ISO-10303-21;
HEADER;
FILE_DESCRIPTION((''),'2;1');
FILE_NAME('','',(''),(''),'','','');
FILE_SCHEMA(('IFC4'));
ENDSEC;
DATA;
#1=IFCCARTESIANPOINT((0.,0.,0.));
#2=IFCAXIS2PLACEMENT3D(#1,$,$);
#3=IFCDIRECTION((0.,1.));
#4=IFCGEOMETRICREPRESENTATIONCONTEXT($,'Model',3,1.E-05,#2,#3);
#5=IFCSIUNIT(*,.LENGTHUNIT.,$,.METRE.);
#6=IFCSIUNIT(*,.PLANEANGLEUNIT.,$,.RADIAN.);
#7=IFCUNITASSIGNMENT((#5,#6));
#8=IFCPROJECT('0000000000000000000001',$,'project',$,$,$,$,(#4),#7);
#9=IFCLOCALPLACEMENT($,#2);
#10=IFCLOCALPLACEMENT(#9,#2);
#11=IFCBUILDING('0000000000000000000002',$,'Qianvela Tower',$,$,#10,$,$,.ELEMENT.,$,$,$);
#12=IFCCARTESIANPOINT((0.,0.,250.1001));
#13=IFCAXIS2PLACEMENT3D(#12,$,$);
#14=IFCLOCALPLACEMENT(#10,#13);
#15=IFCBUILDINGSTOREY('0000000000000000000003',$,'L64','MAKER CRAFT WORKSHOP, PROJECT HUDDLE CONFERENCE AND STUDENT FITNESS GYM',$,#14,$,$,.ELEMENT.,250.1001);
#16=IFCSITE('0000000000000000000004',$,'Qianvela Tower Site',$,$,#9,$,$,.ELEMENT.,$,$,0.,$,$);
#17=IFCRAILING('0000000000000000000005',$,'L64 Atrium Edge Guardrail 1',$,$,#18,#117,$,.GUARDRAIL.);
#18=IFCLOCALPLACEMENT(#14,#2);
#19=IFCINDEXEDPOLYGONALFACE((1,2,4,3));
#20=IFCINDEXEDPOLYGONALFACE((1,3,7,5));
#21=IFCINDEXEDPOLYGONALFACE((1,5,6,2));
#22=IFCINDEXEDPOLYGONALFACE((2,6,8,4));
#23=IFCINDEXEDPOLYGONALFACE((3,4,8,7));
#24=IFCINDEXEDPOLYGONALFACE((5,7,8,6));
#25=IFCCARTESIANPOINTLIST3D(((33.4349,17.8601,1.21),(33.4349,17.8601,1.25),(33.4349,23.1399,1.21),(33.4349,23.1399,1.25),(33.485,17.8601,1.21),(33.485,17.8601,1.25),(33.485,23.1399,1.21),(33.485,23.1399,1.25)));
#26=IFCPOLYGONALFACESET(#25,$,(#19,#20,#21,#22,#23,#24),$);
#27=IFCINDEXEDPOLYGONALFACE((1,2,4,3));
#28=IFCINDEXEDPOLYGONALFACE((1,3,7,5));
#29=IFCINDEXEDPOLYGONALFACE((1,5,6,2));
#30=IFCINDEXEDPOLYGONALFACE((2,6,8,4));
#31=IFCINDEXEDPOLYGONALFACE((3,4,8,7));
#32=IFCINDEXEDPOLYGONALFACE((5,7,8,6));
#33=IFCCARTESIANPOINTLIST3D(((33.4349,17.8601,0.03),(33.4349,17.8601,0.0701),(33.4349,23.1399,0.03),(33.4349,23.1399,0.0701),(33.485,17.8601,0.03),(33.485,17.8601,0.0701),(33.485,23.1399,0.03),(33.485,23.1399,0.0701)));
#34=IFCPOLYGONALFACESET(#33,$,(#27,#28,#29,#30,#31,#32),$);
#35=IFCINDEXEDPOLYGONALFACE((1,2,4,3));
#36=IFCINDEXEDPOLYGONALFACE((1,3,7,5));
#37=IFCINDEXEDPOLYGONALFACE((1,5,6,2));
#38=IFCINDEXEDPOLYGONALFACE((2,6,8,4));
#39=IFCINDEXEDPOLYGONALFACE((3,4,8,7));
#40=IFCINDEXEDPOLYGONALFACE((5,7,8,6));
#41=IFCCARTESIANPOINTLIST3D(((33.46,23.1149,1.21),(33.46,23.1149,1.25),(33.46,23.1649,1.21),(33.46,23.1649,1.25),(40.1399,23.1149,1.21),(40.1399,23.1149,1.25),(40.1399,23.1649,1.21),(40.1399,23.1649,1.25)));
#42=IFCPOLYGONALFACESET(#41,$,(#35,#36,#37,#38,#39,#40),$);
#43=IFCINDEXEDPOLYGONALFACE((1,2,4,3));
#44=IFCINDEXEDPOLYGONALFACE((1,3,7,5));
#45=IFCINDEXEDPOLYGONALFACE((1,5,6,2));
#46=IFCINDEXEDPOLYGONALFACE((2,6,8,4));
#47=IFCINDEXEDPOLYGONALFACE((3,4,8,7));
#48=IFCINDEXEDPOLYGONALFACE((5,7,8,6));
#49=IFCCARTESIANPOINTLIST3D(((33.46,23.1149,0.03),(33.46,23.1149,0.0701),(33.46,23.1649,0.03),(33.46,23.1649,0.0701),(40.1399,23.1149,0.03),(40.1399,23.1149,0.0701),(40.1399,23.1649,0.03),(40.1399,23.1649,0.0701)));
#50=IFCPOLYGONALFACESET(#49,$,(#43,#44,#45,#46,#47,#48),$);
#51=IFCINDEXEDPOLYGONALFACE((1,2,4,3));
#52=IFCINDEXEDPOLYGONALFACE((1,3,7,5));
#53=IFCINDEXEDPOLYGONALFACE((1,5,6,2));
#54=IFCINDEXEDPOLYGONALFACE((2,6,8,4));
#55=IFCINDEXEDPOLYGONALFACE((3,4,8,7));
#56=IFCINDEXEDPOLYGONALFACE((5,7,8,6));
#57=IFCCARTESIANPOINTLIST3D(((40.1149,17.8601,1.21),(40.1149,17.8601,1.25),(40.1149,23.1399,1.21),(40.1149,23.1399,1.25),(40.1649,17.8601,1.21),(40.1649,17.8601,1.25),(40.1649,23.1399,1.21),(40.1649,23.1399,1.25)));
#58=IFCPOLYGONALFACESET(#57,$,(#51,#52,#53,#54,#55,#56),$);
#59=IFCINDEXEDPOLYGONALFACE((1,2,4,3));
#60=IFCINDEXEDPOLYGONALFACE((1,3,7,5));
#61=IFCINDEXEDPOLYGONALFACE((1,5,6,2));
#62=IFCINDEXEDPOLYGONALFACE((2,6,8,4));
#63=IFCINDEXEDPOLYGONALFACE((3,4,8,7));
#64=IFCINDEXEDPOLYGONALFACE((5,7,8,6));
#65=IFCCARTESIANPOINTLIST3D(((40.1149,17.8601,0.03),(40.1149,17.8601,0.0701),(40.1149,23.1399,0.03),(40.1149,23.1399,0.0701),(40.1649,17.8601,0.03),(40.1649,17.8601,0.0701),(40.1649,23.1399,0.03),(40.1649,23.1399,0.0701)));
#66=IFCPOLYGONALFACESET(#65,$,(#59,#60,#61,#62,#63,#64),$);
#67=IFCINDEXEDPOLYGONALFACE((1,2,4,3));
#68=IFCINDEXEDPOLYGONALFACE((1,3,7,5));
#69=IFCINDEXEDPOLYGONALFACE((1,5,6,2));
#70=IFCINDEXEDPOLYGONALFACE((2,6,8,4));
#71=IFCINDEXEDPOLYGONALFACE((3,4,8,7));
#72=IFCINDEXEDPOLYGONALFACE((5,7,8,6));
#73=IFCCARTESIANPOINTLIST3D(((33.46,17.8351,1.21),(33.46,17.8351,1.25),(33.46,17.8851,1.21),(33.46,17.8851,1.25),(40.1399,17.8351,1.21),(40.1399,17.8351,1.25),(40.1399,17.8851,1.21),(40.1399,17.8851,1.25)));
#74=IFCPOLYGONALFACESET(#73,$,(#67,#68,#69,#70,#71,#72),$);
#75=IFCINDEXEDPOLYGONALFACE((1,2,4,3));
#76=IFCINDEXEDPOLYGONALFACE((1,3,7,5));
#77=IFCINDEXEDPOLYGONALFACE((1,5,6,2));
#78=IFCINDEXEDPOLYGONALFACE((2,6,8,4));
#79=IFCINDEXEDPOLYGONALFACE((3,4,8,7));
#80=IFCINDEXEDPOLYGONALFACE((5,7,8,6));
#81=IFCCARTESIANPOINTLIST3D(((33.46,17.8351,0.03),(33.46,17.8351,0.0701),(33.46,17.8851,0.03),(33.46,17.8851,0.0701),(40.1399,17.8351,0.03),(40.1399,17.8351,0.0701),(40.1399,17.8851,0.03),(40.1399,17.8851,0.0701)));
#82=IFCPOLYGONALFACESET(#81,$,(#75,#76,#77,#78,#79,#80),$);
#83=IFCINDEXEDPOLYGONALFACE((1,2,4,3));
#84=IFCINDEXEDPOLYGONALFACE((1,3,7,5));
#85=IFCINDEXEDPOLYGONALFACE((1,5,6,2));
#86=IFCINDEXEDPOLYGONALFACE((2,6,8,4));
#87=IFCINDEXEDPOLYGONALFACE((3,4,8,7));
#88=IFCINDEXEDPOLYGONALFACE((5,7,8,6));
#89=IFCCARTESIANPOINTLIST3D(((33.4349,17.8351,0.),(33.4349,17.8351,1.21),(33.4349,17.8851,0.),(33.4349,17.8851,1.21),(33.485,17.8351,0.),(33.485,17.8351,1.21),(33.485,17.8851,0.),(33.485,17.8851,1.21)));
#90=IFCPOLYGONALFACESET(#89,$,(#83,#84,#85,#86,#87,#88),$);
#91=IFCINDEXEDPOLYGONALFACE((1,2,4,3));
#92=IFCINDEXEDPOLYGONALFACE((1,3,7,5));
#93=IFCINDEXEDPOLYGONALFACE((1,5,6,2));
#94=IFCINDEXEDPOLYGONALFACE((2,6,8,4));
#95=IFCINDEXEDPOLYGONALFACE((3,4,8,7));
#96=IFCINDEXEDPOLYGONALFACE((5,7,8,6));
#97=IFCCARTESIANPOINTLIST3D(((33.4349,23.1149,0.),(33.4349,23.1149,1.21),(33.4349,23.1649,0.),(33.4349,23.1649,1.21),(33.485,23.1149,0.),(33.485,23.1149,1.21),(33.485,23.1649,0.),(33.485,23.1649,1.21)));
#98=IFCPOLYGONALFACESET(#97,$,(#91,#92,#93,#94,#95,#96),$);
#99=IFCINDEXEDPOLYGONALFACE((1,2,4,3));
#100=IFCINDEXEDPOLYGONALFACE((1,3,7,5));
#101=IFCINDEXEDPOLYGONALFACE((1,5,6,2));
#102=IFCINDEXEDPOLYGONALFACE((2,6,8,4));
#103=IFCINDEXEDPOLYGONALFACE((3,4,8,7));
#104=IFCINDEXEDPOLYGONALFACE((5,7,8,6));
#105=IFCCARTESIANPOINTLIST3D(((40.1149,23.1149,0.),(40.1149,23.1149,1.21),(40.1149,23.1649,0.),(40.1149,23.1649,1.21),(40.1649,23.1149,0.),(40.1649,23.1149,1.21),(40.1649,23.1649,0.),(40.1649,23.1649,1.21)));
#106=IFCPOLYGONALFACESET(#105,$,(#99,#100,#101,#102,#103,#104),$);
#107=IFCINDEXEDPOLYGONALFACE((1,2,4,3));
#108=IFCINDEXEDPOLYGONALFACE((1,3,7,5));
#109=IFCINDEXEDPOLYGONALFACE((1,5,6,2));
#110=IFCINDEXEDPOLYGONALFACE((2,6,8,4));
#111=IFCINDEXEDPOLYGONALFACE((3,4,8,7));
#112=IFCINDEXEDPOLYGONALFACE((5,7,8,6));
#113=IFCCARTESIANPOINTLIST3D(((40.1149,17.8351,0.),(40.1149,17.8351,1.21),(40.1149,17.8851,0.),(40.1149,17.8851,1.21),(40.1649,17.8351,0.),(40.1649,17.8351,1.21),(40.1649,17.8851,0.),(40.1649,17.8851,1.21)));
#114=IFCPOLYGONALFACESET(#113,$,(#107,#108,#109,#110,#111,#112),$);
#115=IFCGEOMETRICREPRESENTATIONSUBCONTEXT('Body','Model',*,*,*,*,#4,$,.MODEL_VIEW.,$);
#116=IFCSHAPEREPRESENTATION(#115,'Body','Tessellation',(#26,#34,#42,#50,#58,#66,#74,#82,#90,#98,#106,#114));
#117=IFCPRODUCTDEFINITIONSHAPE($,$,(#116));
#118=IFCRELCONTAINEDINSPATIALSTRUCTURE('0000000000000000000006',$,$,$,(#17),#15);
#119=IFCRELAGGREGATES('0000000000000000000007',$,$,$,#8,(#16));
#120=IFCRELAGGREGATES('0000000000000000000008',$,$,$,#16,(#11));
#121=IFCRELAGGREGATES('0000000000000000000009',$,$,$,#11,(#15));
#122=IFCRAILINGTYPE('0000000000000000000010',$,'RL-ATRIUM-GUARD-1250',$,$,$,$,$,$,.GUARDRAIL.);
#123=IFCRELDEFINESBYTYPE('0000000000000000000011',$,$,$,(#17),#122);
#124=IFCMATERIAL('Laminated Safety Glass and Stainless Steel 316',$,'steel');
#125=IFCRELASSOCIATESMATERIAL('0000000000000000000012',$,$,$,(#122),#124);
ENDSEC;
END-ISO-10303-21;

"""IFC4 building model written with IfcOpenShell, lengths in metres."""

from ifc_helpers import new_model, si_unit, direction, frame, origin, origin_2d, place, context, subcontext, project, spatial, rectangle, extrude, material, type_object, element, save


model = new_model("IFC4")

# Units and contexts
model_context = context("Model", 3, precision=1e-05, world=origin(), true_north=direction((0.0, 1.0)))
body_context = subcontext(model_context, "Body", "Model", "MODEL_VIEW")
ifc_project = project(units=[si_unit("LENGTHUNIT", "METRE"), si_unit("PLANEANGLEUNIT", "RADIAN")], contexts=[model_context])

# Site, building, storey
site_placement = place(None, origin())
site = spatial("IfcSite", under=ifc_project, at=site_placement, Name="Qianvela Tower Site", CompositionType="ELEMENT", RefElevation=0.0)
building_placement = place(site_placement, origin())
building = spatial("IfcBuilding", under=site, at=building_placement, Name="Qianvela Tower", CompositionType="ELEMENT")
storey_placement = place(building_placement, frame((0.0, 0.0, 250.1001)))
storey = spatial("IfcBuildingStorey", under=building, at=storey_placement, Name="L64", Description="MAKER CRAFT WORKSHOP, PROJECT HUDDLE CONFERENCE AND STUDENT FITNESS GYM", CompositionType="ELEMENT", Elevation=250.1001)

# Railing
ifc_material_1 = material(Name="Laminated Safety Glass and Stainless Steel 316", Category="steel")
railing_type = type_object("IfcRailingType", Name="RL-ATRIUM-GUARD-1250", PredefinedType="GUARDRAIL", material=ifc_material_1)
railing_placement = place(storey_placement, frame((33.46, 17.8601, 0.0)))
element("IfcRailing", 1, at=railing_placement, inside=storey, type_object=railing_type, Name="L64 Atrium Edge Guardrail 1", PredefinedType="GUARDRAIL", context=body_context, shape_type="SweptSolid", body=[
    extrude(rectangle(XDim=0.05, YDim=0.04, at=origin_2d()), frame((0.0, 0.0, 1.23), z_axis=(0.0, 1.0, 0.0), x_axis=(-1.0, 0.0, 0.0)), (0.0, 0.0, 1.0), 5.2798),
    extrude(rectangle(XDim=0.05, YDim=0.04, at=origin_2d()), frame((0.0, 0.0, 0.05), z_axis=(0.0, 1.0, 0.0), x_axis=(-1.0, 0.0, 0.0)), (0.0, 0.0, 1.0), 5.2798),
    extrude(rectangle(XDim=0.05, YDim=0.04, at=origin_2d()), frame((0.0, 5.2798, 1.23), z_axis=(1.0, 0.0, 0.0), x_axis=(0.0, 1.0, 0.0)), (0.0, 0.0, 1.0), 6.6799),
    extrude(rectangle(XDim=0.05, YDim=0.04, at=origin_2d()), frame((0.0, 5.2798, 0.05), z_axis=(1.0, 0.0, 0.0), x_axis=(0.0, 1.0, 0.0)), (0.0, 0.0, 1.0), 6.6799),
    extrude(rectangle(XDim=0.05, YDim=0.04, at=origin_2d()), frame((6.6799, 5.2798, 1.23), z_axis=(0.0, -1.0, 0.0), x_axis=(1.0, 0.0, 0.0)), (0.0, 0.0, 1.0), 5.2798),
    extrude(rectangle(XDim=0.05, YDim=0.04, at=origin_2d()), frame((6.6799, 5.2798, 0.05), z_axis=(0.0, -1.0, 0.0), x_axis=(1.0, 0.0, 0.0)), (0.0, 0.0, 1.0), 5.2798),
    extrude(rectangle(XDim=0.05, YDim=0.04, at=origin_2d()), frame((6.6799, 0.0, 1.23), z_axis=(-1.0, 0.0, 0.0), x_axis=(0.0, -1.0, 0.0)), (0.0, 0.0, 1.0), 6.6799),
    extrude(rectangle(XDim=0.05, YDim=0.04, at=origin_2d()), frame((6.6799, 0.0, 0.05), z_axis=(-1.0, 0.0, 0.0), x_axis=(0.0, -1.0, 0.0)), (0.0, 0.0, 1.0), 6.6799),
    extrude(rectangle(XDim=0.05, YDim=0.05, at=origin_2d()), origin(), (0.0, 0.0, 1.0), 1.21),
    extrude(rectangle(XDim=0.05, YDim=0.05, at=origin_2d()), frame((0.0, 5.2798, 0.0)), (0.0, 0.0, 1.0), 1.21),
    extrude(rectangle(XDim=0.05, YDim=0.05, at=origin_2d()), frame((6.6799, 5.2798, 0.0)), (0.0, 0.0, 1.0), 1.21),
    extrude(rectangle(XDim=0.05, YDim=0.05, at=origin_2d()), frame((6.6799, 0.0, 0.0)), (0.0, 0.0, 1.0), 1.21),
])

save(model, "model.ifc")
